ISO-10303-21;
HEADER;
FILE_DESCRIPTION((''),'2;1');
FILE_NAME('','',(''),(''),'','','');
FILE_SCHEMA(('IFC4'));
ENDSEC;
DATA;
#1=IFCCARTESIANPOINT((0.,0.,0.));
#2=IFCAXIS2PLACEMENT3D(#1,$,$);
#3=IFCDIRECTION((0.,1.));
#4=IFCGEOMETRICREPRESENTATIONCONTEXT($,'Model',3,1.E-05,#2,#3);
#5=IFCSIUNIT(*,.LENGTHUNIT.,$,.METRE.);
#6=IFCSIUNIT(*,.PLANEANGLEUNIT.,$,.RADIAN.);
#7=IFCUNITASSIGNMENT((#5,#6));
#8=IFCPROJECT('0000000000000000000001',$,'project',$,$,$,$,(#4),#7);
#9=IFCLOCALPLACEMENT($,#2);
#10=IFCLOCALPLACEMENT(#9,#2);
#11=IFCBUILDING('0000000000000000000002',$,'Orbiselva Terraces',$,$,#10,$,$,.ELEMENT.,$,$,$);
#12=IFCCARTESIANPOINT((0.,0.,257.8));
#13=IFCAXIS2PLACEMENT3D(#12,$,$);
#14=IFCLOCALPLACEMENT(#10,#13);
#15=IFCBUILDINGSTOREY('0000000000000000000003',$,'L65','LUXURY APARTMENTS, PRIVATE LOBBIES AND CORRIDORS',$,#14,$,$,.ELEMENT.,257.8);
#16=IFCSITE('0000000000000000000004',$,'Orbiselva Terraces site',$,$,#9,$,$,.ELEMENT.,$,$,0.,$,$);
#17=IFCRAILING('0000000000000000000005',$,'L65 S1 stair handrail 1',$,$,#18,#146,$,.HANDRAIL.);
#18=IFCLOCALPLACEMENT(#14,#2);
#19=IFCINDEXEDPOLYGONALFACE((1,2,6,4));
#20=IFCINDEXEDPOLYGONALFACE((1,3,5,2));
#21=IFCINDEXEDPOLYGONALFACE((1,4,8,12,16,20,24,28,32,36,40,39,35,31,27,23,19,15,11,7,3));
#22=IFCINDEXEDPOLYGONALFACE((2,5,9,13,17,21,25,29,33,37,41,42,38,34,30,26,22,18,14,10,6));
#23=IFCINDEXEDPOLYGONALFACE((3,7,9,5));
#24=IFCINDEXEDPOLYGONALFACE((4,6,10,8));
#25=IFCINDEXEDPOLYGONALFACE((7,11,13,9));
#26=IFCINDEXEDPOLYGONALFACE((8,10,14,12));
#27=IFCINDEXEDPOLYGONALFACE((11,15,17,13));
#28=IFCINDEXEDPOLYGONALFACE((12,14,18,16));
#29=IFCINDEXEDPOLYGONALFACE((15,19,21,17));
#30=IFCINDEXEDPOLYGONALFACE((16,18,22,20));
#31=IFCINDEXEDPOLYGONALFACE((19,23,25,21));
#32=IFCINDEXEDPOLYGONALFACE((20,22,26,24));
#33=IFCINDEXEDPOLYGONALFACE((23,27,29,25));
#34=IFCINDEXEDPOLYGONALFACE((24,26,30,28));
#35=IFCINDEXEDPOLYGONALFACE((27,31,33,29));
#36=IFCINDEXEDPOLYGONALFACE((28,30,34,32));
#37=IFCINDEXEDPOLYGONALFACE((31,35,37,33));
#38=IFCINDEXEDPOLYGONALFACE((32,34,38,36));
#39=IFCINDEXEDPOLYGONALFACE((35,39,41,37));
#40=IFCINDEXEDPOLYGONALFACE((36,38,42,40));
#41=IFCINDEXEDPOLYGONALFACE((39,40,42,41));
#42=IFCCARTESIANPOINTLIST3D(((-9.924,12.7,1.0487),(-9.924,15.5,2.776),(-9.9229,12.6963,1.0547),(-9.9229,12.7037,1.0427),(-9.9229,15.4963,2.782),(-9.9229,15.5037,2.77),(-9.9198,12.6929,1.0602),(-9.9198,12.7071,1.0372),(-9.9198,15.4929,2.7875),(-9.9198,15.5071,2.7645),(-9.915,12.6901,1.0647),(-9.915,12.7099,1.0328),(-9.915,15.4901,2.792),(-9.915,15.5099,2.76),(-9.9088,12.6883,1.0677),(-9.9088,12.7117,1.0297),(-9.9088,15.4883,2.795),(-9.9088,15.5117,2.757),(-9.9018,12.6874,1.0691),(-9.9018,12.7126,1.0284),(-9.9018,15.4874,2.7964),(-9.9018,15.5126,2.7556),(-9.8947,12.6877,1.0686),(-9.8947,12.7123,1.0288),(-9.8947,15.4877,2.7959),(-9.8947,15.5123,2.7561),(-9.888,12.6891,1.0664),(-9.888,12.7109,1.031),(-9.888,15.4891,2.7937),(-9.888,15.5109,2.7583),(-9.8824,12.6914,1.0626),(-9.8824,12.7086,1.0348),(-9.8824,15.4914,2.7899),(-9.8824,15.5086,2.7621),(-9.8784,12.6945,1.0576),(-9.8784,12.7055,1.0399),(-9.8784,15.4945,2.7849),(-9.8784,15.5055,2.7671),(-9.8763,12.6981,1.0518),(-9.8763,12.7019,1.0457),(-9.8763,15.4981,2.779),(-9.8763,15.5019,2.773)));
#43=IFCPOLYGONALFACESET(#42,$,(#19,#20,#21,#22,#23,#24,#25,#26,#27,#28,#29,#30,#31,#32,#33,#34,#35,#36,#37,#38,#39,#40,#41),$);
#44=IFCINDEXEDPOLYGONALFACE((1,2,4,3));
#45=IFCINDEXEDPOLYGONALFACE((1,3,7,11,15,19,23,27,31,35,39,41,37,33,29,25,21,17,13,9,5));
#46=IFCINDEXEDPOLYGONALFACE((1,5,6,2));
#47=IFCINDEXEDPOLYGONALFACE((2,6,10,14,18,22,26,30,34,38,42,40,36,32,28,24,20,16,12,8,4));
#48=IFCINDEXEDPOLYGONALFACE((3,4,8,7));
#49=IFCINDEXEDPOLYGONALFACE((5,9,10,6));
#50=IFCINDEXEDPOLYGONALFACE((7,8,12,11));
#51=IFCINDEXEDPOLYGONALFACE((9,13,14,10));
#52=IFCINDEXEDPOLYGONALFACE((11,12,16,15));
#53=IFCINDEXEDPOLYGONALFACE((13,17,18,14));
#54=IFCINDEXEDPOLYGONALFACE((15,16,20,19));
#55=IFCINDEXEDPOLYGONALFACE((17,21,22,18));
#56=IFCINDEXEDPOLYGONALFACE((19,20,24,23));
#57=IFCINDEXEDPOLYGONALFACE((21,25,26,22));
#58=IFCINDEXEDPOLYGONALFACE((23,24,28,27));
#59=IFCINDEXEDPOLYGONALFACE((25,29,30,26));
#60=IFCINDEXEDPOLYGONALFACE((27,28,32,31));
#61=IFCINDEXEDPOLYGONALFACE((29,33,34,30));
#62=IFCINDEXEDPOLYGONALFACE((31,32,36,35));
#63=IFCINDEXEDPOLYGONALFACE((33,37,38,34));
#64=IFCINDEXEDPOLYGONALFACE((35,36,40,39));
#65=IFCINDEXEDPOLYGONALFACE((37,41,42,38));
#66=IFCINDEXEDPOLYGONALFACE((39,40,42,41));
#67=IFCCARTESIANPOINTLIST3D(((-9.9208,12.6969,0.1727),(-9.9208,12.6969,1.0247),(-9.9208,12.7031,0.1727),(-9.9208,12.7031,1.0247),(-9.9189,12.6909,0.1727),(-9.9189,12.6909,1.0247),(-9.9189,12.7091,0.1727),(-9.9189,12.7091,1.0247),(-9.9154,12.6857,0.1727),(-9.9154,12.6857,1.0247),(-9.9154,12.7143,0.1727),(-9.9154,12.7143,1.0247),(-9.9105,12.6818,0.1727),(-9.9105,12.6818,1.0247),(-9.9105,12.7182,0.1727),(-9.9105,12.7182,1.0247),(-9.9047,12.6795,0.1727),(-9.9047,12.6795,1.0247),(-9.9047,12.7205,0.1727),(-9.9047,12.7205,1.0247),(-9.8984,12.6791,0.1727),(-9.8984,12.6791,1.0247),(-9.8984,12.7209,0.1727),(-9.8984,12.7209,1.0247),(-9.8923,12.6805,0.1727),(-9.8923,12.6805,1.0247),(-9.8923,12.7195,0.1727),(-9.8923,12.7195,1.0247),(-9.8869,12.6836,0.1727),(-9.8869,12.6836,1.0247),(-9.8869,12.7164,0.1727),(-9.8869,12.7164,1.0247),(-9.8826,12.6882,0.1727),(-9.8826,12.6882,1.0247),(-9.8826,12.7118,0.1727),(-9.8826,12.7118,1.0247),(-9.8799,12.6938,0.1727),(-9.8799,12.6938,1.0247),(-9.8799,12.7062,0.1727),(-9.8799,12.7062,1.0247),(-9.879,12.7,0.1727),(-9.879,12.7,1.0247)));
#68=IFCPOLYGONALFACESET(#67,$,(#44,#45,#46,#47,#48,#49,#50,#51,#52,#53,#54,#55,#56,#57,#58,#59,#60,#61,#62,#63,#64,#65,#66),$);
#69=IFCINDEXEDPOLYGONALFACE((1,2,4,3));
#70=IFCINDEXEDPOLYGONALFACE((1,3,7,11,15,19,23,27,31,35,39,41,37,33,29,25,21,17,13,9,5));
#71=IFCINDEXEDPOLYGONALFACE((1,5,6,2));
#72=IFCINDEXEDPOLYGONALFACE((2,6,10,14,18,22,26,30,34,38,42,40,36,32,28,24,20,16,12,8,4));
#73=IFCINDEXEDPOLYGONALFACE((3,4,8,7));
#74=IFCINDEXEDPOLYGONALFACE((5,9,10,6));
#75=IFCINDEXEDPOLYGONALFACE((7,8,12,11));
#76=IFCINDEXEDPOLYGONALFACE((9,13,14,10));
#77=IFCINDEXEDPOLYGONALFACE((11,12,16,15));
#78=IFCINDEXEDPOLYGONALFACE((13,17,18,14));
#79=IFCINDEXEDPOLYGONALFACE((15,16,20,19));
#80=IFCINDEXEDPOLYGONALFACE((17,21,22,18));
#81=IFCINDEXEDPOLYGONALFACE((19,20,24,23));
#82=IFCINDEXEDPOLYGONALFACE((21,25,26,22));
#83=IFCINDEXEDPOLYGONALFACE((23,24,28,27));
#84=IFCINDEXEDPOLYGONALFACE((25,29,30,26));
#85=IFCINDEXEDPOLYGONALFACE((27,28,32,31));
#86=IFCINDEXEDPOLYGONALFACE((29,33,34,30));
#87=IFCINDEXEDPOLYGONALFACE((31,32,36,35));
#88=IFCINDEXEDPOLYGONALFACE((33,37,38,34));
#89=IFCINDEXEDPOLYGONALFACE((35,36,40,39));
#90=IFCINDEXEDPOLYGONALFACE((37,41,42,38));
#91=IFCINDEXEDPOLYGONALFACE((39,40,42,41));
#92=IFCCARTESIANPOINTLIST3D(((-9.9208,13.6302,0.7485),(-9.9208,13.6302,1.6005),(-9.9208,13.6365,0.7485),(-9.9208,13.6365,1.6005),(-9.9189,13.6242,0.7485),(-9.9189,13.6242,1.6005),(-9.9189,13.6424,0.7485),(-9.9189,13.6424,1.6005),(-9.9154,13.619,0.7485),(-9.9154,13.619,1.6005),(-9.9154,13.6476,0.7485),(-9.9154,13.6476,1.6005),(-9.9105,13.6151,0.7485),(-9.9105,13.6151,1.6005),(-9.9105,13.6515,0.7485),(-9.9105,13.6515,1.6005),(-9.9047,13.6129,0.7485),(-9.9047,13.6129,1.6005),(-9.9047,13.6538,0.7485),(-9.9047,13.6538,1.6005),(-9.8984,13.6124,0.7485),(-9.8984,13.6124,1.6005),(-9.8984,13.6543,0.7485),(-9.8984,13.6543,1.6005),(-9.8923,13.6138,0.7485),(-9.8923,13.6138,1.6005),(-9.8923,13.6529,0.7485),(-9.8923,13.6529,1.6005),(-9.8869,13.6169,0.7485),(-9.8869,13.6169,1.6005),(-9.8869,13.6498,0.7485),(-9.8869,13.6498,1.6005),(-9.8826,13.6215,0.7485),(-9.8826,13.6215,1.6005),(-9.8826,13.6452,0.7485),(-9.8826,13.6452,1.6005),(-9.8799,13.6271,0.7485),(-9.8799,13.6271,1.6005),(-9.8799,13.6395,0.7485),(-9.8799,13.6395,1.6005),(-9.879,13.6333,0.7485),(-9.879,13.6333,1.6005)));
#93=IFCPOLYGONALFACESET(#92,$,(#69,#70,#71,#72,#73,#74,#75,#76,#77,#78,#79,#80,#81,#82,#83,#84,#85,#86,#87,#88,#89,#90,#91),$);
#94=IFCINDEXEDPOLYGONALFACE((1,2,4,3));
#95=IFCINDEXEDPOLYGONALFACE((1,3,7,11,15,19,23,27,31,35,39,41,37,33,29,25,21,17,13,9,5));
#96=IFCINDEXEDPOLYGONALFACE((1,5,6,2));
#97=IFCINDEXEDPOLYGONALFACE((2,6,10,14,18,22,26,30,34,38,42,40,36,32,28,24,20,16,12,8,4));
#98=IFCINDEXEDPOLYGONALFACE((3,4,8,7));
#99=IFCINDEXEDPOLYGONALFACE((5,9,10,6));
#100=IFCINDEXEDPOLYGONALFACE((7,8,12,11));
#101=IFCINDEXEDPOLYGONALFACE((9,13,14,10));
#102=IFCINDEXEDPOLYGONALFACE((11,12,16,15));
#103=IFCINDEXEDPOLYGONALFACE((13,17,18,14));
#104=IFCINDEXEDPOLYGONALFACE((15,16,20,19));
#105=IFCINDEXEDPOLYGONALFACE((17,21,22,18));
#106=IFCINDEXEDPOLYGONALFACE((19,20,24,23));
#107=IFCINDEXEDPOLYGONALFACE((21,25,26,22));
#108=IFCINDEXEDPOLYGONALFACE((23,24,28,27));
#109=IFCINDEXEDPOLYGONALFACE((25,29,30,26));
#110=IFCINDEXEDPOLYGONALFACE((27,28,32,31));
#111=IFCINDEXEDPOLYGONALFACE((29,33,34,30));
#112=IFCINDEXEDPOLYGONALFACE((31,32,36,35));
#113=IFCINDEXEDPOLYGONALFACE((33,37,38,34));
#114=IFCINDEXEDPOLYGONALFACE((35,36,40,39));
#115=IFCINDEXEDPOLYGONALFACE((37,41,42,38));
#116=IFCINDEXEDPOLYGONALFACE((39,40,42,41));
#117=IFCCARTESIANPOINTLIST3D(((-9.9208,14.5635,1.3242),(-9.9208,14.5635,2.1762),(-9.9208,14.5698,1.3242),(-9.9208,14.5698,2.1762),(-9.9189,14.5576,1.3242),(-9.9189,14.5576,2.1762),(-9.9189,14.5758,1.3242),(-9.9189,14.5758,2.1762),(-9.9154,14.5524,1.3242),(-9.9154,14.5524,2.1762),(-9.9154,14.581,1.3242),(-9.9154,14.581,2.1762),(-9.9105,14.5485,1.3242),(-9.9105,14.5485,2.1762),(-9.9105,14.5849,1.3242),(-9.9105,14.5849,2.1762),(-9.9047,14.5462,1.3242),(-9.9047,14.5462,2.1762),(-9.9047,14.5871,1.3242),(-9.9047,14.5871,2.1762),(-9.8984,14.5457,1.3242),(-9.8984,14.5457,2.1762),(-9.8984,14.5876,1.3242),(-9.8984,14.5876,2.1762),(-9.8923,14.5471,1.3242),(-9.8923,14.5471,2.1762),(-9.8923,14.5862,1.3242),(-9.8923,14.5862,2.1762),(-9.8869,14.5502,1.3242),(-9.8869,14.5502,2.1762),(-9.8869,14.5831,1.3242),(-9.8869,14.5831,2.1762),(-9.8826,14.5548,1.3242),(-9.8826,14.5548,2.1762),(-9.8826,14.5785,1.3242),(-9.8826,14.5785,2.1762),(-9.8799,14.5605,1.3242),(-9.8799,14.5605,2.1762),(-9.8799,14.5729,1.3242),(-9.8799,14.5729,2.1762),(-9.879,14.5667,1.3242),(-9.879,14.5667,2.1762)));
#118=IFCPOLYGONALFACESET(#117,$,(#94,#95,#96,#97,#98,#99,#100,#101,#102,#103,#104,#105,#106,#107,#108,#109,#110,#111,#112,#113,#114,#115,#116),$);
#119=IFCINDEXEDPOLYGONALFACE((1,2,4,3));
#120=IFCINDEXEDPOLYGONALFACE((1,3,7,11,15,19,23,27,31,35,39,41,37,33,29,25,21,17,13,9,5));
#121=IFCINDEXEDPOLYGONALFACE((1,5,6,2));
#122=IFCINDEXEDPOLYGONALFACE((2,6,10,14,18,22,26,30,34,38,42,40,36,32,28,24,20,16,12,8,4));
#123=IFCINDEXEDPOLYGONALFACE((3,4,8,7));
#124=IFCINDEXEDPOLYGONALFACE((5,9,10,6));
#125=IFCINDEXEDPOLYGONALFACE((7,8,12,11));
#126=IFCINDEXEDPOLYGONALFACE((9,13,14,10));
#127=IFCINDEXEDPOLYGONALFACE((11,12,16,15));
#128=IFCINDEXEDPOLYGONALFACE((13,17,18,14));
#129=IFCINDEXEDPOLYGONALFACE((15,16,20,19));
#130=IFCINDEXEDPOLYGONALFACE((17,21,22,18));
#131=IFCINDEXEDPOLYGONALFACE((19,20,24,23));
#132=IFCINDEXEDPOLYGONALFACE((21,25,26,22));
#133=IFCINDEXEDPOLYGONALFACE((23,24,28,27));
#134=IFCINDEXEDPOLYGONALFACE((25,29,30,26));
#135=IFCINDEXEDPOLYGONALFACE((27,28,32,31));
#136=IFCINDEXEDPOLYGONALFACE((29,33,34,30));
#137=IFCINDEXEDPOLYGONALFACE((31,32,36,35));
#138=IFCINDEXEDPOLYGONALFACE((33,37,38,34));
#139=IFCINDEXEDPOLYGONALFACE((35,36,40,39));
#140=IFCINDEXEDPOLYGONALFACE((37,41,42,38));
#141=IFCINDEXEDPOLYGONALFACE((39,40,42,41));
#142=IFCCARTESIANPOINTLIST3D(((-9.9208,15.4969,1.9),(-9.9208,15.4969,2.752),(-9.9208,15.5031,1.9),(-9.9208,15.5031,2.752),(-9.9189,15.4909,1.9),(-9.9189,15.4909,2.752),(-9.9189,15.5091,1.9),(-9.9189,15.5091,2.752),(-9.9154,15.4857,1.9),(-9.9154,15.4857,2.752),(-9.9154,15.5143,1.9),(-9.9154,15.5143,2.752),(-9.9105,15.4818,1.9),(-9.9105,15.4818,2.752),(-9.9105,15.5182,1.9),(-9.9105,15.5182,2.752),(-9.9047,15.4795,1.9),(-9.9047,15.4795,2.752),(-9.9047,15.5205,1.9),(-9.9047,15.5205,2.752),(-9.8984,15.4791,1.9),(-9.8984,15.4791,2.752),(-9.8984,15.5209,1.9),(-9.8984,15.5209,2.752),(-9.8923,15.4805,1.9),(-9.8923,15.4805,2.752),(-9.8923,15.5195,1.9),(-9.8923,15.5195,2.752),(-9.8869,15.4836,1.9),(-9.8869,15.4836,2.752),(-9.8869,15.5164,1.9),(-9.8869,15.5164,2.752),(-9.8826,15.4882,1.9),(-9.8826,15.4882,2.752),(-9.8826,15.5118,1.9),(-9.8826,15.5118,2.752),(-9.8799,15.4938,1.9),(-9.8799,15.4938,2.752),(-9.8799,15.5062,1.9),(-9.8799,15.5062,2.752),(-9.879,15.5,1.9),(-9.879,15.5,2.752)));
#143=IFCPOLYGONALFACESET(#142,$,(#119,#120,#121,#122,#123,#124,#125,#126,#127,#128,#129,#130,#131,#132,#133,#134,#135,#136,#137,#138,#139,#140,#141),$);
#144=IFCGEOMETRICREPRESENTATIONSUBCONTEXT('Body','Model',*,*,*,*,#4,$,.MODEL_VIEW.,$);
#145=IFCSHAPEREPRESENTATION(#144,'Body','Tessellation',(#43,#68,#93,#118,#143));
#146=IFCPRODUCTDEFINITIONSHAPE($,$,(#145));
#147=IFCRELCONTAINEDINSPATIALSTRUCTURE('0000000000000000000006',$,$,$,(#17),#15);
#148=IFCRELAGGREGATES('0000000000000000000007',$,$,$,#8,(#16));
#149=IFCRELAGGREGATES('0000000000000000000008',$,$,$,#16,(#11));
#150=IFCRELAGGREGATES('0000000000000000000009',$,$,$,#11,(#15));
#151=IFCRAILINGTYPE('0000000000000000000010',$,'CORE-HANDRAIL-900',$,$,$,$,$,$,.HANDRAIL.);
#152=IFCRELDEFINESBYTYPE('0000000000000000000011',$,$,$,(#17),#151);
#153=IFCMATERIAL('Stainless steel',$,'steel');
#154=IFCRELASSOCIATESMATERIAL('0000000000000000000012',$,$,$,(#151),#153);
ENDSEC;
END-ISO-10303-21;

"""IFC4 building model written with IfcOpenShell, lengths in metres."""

from ifc_helpers import new_model, si_unit, direction, frame, origin, origin_2d, place, context, subcontext, project, spatial, circle, extrude, material, type_object, element, save


model = new_model("IFC4")

# Units and contexts
model_context = context("Model", 3, precision=1e-05, world=origin(), true_north=direction((0.0, 1.0)))
body_context = subcontext(model_context, "Body", "Model", "MODEL_VIEW")
ifc_project = project(units=[si_unit("LENGTHUNIT", "METRE"), si_unit("PLANEANGLEUNIT", "RADIAN")], contexts=[model_context])

# Site, building, storey
site_placement = place(None, origin())
site = spatial("IfcSite", under=ifc_project, at=site_placement, Name="Orbiselva Terraces site", CompositionType="ELEMENT", RefElevation=0.0)
building_placement = place(site_placement, origin())
building = spatial("IfcBuilding", under=site, at=building_placement, Name="Orbiselva Terraces", CompositionType="ELEMENT")
storey_placement = place(building_placement, frame((0.0, 0.0, 257.8)))
storey = spatial("IfcBuildingStorey", under=building, at=storey_placement, Name="L65", Description="LUXURY APARTMENTS, PRIVATE LOBBIES AND CORRIDORS", CompositionType="ELEMENT", Elevation=257.8)

# Railing
ifc_material_1 = material(Name="Stainless steel", Category="steel")
railing_type_1 = type_object("IfcRailingType", Name="CORE-HANDRAIL-900", PredefinedType="HANDRAIL", material=ifc_material_1)
railing_1_placement = place(storey_placement, frame((-9.9, 12.7, 0.1727)))
element("IfcRailing", 1, at=railing_1_placement, inside=storey, type_object=railing_type_1, Name="L65 S1 stair handrail 1", PredefinedType="HANDRAIL", context=body_context, shape_type="SweptSolid", body=[
    extrude(circle(Radius=0.024, at=origin_2d()), frame((0.0, 0.0, 0.876), z_axis=(0.0, 0.851089, 0.525022), x_axis=(-1.0, 0.0, 0.0)), (0.0, 0.0, 1.0), 3.2899),
    extrude(circle(Radius=0.021, at=origin_2d()), origin(), (0.0, 0.0, 1.0), 0.852),
    extrude(circle(Radius=0.021, at=origin_2d()), frame((0.0, 0.9333, 0.5758)), (0.0, 0.0, 1.0), 0.852),
    extrude(circle(Radius=0.021, at=origin_2d()), frame((0.0, 1.8667, 1.1515)), (0.0, 0.0, 1.0), 0.852),
    extrude(circle(Radius=0.021, at=origin_2d()), frame((0.0, 2.8, 1.7273)), (0.0, 0.0, 1.0), 0.852),
])

save(model, "model.ifc")
